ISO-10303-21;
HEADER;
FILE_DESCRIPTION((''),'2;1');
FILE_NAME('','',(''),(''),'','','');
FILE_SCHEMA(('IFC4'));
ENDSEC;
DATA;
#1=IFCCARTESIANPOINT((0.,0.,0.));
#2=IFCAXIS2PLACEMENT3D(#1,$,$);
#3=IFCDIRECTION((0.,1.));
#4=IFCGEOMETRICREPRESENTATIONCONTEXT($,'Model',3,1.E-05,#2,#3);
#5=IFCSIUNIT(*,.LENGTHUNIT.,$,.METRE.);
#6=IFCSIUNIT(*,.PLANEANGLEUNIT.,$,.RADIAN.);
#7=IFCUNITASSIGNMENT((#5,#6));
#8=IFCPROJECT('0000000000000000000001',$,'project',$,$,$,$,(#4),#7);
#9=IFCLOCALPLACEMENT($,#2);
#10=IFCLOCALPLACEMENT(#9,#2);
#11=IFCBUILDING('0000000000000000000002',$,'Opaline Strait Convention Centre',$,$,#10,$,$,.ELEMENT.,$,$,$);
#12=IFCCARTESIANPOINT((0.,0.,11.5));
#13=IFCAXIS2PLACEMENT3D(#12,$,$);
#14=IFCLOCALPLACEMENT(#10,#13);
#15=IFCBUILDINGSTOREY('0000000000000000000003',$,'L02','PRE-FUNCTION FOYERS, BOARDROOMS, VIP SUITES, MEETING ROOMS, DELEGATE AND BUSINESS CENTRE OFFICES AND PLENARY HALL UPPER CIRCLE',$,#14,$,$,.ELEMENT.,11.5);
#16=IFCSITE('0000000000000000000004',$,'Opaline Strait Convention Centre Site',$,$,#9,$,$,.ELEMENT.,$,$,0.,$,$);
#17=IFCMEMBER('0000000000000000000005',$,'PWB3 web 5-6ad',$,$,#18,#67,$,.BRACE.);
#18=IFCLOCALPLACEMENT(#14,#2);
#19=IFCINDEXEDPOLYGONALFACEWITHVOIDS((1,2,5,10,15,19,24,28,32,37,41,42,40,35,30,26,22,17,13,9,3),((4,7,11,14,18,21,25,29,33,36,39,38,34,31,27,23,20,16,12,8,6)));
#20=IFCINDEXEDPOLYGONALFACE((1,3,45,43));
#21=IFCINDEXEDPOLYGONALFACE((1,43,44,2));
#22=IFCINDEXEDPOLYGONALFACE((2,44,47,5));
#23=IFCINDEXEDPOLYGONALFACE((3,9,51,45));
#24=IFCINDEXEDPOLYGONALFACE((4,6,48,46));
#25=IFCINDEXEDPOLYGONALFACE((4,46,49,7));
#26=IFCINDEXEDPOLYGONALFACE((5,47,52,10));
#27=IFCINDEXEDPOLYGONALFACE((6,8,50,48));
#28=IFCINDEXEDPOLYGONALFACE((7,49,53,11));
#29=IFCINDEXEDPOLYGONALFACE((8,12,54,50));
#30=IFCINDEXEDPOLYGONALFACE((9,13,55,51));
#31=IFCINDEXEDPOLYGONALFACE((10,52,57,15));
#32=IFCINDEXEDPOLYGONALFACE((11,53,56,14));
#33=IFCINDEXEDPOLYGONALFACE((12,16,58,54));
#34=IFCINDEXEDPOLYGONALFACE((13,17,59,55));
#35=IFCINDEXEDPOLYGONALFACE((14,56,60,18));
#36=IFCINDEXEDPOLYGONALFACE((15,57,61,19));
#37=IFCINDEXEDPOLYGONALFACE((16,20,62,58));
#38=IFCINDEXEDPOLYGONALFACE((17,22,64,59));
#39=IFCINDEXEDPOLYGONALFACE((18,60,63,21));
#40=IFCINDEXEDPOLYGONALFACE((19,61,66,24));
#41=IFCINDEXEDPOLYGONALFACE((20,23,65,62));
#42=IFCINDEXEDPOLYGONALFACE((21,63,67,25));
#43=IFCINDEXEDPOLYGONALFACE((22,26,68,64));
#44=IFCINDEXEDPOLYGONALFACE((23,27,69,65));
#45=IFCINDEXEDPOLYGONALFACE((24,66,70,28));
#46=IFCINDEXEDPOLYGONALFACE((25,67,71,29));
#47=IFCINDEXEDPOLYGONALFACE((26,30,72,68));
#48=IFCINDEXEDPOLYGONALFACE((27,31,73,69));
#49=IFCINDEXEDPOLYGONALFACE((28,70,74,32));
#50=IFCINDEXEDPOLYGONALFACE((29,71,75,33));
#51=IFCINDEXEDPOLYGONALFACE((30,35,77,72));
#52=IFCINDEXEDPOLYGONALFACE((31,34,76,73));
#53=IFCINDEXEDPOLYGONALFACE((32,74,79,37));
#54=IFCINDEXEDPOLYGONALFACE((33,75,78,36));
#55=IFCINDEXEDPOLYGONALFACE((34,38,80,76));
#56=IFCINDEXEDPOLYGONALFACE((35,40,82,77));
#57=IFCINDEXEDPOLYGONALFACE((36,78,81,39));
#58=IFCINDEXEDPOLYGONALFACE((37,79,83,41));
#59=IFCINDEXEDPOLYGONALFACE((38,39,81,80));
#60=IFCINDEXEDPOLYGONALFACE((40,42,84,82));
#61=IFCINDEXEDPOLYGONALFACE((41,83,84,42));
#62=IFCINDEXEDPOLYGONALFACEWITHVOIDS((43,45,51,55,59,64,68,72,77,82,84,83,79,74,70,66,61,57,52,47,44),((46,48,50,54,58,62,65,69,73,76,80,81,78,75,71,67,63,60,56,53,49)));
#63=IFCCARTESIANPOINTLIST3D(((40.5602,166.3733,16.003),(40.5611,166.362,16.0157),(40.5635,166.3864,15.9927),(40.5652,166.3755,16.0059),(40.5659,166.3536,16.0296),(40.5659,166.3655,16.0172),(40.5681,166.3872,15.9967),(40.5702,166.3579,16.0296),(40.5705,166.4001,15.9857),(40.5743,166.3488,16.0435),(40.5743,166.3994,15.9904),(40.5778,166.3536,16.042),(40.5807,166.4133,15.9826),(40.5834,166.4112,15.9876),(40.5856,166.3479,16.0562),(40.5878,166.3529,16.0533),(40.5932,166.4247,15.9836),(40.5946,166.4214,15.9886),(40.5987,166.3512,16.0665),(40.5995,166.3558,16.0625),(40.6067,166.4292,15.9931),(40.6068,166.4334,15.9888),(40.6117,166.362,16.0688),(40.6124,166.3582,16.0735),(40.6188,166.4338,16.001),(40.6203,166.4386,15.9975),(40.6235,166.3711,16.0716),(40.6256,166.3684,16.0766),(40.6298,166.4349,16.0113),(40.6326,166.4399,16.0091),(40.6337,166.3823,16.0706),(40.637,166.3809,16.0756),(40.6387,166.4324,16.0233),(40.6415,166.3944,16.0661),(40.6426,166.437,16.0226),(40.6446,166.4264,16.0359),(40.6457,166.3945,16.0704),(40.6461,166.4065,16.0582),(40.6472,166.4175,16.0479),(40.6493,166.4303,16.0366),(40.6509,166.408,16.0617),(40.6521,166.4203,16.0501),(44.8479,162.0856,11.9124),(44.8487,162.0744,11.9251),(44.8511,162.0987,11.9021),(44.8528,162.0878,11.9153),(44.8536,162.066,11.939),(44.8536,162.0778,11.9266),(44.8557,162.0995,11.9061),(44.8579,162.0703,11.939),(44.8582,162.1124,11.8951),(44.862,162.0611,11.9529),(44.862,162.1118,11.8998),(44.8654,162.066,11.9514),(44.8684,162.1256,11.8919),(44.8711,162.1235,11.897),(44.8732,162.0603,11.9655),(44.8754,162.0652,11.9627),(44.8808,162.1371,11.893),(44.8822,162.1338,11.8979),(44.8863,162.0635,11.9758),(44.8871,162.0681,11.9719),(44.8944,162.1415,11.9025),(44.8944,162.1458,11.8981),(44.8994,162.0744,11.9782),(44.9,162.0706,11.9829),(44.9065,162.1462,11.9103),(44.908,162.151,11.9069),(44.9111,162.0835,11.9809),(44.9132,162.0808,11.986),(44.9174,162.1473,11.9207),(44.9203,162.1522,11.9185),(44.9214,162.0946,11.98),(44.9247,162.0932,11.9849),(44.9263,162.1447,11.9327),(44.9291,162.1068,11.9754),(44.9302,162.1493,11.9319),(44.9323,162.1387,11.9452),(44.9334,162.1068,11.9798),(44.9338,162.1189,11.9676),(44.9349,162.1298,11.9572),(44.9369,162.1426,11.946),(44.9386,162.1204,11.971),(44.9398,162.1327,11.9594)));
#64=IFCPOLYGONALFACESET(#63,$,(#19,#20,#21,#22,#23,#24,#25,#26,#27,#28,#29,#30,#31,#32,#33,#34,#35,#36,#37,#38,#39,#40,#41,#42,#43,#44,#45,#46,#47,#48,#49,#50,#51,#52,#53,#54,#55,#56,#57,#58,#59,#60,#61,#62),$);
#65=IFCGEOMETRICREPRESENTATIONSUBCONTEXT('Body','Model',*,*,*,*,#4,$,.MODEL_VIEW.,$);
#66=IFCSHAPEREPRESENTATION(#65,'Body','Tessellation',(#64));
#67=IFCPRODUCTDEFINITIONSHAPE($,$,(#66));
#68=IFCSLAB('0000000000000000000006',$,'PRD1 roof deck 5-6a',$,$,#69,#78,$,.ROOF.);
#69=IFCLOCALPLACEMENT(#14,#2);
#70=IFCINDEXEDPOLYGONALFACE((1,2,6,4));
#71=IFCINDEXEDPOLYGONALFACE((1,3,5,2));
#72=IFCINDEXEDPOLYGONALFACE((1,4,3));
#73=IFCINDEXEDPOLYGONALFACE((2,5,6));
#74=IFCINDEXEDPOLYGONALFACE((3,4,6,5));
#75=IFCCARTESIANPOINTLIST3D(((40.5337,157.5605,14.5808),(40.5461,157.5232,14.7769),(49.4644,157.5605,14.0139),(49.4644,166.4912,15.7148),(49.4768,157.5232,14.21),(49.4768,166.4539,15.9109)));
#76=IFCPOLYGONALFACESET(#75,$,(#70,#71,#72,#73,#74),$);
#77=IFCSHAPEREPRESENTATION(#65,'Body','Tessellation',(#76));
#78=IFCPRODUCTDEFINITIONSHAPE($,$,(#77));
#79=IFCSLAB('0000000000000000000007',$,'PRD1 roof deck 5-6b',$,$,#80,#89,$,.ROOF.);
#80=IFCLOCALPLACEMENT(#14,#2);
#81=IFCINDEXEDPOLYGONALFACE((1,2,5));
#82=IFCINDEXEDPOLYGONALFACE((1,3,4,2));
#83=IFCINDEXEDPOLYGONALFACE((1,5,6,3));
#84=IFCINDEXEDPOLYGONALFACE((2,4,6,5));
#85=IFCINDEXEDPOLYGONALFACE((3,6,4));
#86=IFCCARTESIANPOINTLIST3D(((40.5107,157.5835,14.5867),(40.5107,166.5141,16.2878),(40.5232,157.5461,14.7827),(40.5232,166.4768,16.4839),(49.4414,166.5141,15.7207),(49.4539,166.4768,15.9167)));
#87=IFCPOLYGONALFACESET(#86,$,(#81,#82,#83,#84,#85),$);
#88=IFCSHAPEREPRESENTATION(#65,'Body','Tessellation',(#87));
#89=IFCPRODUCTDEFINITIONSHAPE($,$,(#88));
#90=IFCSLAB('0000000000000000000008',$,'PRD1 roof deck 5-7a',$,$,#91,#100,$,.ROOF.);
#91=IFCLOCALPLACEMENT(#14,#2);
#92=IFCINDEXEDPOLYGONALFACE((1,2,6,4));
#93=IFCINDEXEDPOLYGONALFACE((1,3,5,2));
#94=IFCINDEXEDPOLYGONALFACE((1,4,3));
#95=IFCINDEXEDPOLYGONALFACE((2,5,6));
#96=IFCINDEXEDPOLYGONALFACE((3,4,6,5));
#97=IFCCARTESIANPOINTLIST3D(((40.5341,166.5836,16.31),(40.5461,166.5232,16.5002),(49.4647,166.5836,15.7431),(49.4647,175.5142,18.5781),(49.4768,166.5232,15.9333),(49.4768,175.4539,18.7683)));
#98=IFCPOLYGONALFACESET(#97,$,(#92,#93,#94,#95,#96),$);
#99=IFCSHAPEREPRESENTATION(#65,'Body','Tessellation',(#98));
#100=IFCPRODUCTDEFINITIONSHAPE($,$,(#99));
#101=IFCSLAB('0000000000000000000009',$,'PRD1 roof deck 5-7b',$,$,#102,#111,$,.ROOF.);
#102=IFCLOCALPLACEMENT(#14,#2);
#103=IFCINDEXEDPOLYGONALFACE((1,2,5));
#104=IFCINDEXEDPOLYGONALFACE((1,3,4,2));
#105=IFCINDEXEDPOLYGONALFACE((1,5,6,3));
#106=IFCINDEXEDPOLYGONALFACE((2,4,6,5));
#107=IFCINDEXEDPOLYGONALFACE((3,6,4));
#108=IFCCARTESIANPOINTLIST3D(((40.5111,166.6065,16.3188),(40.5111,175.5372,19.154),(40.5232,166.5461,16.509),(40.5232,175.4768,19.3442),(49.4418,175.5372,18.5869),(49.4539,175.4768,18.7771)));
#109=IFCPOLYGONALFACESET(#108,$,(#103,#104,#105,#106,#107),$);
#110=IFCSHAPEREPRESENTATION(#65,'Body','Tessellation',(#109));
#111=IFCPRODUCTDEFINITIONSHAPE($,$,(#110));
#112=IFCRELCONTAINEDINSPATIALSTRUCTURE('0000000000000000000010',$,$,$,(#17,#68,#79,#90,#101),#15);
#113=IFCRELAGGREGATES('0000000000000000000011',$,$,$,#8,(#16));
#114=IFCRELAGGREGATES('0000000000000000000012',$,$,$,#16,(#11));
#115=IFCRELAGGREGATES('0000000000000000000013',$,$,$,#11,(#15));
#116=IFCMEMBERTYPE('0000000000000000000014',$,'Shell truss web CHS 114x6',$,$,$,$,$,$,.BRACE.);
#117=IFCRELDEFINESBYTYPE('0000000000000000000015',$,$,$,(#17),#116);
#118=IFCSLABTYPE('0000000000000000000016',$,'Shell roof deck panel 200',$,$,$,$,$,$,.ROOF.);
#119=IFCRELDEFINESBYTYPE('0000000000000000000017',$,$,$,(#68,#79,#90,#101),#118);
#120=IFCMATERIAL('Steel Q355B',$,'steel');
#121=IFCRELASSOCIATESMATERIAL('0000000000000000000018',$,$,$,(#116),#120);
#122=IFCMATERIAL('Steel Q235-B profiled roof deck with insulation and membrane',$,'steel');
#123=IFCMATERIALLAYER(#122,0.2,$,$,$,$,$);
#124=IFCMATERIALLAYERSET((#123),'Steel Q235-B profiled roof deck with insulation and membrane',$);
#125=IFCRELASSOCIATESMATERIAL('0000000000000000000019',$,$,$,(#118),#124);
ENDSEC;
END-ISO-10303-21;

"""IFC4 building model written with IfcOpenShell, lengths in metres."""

from ifc_helpers import new_model, si_unit, direction, frame, origin, origin_2d, place, context, subcontext, project, spatial, polyline, hollow_circle, outline, extrude, material, layer, layer_set, material_profile, profile_set, type_object, element, save


model = new_model("IFC4")

# Units and contexts
model_context = context("Model", 3, precision=1e-05, world=origin(), true_north=direction((0.0, 1.0)))
body_context = subcontext(model_context, "Body", "Model", "MODEL_VIEW")
ifc_project = project(units=[si_unit("LENGTHUNIT", "METRE"), si_unit("PLANEANGLEUNIT", "RADIAN")], contexts=[model_context])

# Site, building, storey
site_placement = place(None, origin())
site = spatial("IfcSite", under=ifc_project, at=site_placement, Name="Opaline Strait Convention Centre Site", CompositionType="ELEMENT", RefElevation=0.0)
building_placement = place(site_placement, origin())
building = spatial("IfcBuilding", under=site, at=building_placement, Name="Opaline Strait Convention Centre", CompositionType="ELEMENT")
storey_placement = place(building_placement, frame((0.0, 0.0, 11.5)))
storey = spatial("IfcBuildingStorey", under=building, at=storey_placement, Name="L02", Description="PRE-FUNCTION FOYERS, BOARDROOMS, VIP SUITES, MEETING ROOMS, DELEGATE AND BUSINESS CENTRE OFFICES AND PLENARY HALL UPPER CIRCLE", CompositionType="ELEMENT", Elevation=11.5)

# Member
ifc_material_1 = material(Name="Steel Q355B", Category="steel")
ifc_material_profile_1 = material_profile(ifc_material_1, hollow_circle(Radius=0.0569, WallThickness=0.0061, at=origin_2d()), Name="CHS 114x6")
ifc_profile_set_1 = profile_set([ifc_material_profile_1], Name="Steel Q355B")
member_type_1 = type_object("IfcMemberType", Name="Shell truss web CHS 114x6", PredefinedType="BRACE", material=ifc_profile_set_1)
member_1_placement = place(storey_placement, frame((44.8938, 162.1062, 11.939), z_axis=(-0.586189, 0.586189, 0.559253), x_axis=(-0.707107, -0.707107, 0.0)))
element("IfcMember", 1, at=member_1_placement, inside=storey, type_object=member_type_1, Name="PWB3 web 5-6ad", PredefinedType="BRACE", context=body_context, shape_type="SweptSolid", body=[
    extrude(hollow_circle(Radius=0.0569, WallThickness=0.0061, at=origin_2d()), origin(), (0.0, 0.0, 1.0), 7.3145),
])

# Slabs
ifc_material_2 = material(Name="Steel Q235-B profiled roof deck with insulation and membrane", Category="steel")
ifc_layer = layer(ifc_material_2, 0.2)
ifc_layer_set = layer_set([ifc_layer], Name="Steel Q235-B profiled roof deck with insulation and membrane")
slab_type = type_object("IfcSlabType", Name="Shell roof deck panel 200", PredefinedType="ROOF", material=ifc_layer_set)
slab_1_placement = place(storey_placement, frame((40.5461, 157.5232, 14.7769), z_axis=(0.062236, -0.186733, 0.980437), x_axis=(0.997991, 0.0, -0.06335)))
element("IfcSlab", 2, at=slab_1_placement, inside=storey, type_object=slab_type, Name="PRD1 roof deck 5-6a", PredefinedType="ROOF", context=body_context, shape_type="SweptSolid", body=[
    extrude(outline(polyline([(0.0, 0.0), (8.9486, 0.0), (8.8409, 9.0906), (0.0, 0.0)])), origin(), (0.0, 0.0, -1.0), 0.2),
])
slab_2_placement = place(storey_placement, frame((40.5232, 157.5461, 14.7827), z_axis=(0.062262, -0.186759, 0.980431), x_axis=(0.704273, 0.704273, 0.08943)))
element("IfcSlab", 3, at=slab_2_placement, inside=storey, type_object=slab_type, Name="PRD1 roof deck 5-6b", PredefinedType="ROOF", context=body_context, shape_type="SweptSolid", body=[
    extrude(outline(polyline([(0.0, 0.0), (12.6807, 0.0), (6.4418, 6.4152), (0.0, 0.0)])), origin(), (0.0, 0.0, -1.0), 0.2),
])
slab_3_placement = place(storey_placement, frame((40.5461, 166.5232, 16.5002), z_axis=(0.060392, -0.30201, 0.95139), x_axis=(0.997991, 0.0, -0.06335)))
element("IfcSlab", 4, at=slab_3_placement, inside=storey, type_object=slab_type, Name="PRD1 roof deck 5-7a", PredefinedType="ROOF", context=body_context, shape_type="SweptSolid", body=[
    extrude(outline(polyline([(0.0, 0.0), (8.9486, 0.0), (8.769, 9.3681), (0.0, 0.0)])), origin(), (0.0, 0.0, -1.0), 0.2),
])
slab_4_placement = place(storey_placement, frame((40.5232, 166.5461, 16.509), z_axis=(0.060417, -0.302034, 0.951381), x_axis=(0.695974, 0.695974, 0.176752)))
element("IfcSlab", 5, at=slab_4_placement, inside=storey, type_object=slab_type, Name="PRD1 roof deck 5-7b", PredefinedType="ROOF", context=body_context, shape_type="SweptSolid", body=[
    extrude(outline(polyline([(0.0, 0.0), (12.8319, 0.0), (6.7166, 6.5331), (0.0, 0.0)])), origin(), (0.0, 0.0, -1.0), 0.2),
])

save(model, "model.ifc")
